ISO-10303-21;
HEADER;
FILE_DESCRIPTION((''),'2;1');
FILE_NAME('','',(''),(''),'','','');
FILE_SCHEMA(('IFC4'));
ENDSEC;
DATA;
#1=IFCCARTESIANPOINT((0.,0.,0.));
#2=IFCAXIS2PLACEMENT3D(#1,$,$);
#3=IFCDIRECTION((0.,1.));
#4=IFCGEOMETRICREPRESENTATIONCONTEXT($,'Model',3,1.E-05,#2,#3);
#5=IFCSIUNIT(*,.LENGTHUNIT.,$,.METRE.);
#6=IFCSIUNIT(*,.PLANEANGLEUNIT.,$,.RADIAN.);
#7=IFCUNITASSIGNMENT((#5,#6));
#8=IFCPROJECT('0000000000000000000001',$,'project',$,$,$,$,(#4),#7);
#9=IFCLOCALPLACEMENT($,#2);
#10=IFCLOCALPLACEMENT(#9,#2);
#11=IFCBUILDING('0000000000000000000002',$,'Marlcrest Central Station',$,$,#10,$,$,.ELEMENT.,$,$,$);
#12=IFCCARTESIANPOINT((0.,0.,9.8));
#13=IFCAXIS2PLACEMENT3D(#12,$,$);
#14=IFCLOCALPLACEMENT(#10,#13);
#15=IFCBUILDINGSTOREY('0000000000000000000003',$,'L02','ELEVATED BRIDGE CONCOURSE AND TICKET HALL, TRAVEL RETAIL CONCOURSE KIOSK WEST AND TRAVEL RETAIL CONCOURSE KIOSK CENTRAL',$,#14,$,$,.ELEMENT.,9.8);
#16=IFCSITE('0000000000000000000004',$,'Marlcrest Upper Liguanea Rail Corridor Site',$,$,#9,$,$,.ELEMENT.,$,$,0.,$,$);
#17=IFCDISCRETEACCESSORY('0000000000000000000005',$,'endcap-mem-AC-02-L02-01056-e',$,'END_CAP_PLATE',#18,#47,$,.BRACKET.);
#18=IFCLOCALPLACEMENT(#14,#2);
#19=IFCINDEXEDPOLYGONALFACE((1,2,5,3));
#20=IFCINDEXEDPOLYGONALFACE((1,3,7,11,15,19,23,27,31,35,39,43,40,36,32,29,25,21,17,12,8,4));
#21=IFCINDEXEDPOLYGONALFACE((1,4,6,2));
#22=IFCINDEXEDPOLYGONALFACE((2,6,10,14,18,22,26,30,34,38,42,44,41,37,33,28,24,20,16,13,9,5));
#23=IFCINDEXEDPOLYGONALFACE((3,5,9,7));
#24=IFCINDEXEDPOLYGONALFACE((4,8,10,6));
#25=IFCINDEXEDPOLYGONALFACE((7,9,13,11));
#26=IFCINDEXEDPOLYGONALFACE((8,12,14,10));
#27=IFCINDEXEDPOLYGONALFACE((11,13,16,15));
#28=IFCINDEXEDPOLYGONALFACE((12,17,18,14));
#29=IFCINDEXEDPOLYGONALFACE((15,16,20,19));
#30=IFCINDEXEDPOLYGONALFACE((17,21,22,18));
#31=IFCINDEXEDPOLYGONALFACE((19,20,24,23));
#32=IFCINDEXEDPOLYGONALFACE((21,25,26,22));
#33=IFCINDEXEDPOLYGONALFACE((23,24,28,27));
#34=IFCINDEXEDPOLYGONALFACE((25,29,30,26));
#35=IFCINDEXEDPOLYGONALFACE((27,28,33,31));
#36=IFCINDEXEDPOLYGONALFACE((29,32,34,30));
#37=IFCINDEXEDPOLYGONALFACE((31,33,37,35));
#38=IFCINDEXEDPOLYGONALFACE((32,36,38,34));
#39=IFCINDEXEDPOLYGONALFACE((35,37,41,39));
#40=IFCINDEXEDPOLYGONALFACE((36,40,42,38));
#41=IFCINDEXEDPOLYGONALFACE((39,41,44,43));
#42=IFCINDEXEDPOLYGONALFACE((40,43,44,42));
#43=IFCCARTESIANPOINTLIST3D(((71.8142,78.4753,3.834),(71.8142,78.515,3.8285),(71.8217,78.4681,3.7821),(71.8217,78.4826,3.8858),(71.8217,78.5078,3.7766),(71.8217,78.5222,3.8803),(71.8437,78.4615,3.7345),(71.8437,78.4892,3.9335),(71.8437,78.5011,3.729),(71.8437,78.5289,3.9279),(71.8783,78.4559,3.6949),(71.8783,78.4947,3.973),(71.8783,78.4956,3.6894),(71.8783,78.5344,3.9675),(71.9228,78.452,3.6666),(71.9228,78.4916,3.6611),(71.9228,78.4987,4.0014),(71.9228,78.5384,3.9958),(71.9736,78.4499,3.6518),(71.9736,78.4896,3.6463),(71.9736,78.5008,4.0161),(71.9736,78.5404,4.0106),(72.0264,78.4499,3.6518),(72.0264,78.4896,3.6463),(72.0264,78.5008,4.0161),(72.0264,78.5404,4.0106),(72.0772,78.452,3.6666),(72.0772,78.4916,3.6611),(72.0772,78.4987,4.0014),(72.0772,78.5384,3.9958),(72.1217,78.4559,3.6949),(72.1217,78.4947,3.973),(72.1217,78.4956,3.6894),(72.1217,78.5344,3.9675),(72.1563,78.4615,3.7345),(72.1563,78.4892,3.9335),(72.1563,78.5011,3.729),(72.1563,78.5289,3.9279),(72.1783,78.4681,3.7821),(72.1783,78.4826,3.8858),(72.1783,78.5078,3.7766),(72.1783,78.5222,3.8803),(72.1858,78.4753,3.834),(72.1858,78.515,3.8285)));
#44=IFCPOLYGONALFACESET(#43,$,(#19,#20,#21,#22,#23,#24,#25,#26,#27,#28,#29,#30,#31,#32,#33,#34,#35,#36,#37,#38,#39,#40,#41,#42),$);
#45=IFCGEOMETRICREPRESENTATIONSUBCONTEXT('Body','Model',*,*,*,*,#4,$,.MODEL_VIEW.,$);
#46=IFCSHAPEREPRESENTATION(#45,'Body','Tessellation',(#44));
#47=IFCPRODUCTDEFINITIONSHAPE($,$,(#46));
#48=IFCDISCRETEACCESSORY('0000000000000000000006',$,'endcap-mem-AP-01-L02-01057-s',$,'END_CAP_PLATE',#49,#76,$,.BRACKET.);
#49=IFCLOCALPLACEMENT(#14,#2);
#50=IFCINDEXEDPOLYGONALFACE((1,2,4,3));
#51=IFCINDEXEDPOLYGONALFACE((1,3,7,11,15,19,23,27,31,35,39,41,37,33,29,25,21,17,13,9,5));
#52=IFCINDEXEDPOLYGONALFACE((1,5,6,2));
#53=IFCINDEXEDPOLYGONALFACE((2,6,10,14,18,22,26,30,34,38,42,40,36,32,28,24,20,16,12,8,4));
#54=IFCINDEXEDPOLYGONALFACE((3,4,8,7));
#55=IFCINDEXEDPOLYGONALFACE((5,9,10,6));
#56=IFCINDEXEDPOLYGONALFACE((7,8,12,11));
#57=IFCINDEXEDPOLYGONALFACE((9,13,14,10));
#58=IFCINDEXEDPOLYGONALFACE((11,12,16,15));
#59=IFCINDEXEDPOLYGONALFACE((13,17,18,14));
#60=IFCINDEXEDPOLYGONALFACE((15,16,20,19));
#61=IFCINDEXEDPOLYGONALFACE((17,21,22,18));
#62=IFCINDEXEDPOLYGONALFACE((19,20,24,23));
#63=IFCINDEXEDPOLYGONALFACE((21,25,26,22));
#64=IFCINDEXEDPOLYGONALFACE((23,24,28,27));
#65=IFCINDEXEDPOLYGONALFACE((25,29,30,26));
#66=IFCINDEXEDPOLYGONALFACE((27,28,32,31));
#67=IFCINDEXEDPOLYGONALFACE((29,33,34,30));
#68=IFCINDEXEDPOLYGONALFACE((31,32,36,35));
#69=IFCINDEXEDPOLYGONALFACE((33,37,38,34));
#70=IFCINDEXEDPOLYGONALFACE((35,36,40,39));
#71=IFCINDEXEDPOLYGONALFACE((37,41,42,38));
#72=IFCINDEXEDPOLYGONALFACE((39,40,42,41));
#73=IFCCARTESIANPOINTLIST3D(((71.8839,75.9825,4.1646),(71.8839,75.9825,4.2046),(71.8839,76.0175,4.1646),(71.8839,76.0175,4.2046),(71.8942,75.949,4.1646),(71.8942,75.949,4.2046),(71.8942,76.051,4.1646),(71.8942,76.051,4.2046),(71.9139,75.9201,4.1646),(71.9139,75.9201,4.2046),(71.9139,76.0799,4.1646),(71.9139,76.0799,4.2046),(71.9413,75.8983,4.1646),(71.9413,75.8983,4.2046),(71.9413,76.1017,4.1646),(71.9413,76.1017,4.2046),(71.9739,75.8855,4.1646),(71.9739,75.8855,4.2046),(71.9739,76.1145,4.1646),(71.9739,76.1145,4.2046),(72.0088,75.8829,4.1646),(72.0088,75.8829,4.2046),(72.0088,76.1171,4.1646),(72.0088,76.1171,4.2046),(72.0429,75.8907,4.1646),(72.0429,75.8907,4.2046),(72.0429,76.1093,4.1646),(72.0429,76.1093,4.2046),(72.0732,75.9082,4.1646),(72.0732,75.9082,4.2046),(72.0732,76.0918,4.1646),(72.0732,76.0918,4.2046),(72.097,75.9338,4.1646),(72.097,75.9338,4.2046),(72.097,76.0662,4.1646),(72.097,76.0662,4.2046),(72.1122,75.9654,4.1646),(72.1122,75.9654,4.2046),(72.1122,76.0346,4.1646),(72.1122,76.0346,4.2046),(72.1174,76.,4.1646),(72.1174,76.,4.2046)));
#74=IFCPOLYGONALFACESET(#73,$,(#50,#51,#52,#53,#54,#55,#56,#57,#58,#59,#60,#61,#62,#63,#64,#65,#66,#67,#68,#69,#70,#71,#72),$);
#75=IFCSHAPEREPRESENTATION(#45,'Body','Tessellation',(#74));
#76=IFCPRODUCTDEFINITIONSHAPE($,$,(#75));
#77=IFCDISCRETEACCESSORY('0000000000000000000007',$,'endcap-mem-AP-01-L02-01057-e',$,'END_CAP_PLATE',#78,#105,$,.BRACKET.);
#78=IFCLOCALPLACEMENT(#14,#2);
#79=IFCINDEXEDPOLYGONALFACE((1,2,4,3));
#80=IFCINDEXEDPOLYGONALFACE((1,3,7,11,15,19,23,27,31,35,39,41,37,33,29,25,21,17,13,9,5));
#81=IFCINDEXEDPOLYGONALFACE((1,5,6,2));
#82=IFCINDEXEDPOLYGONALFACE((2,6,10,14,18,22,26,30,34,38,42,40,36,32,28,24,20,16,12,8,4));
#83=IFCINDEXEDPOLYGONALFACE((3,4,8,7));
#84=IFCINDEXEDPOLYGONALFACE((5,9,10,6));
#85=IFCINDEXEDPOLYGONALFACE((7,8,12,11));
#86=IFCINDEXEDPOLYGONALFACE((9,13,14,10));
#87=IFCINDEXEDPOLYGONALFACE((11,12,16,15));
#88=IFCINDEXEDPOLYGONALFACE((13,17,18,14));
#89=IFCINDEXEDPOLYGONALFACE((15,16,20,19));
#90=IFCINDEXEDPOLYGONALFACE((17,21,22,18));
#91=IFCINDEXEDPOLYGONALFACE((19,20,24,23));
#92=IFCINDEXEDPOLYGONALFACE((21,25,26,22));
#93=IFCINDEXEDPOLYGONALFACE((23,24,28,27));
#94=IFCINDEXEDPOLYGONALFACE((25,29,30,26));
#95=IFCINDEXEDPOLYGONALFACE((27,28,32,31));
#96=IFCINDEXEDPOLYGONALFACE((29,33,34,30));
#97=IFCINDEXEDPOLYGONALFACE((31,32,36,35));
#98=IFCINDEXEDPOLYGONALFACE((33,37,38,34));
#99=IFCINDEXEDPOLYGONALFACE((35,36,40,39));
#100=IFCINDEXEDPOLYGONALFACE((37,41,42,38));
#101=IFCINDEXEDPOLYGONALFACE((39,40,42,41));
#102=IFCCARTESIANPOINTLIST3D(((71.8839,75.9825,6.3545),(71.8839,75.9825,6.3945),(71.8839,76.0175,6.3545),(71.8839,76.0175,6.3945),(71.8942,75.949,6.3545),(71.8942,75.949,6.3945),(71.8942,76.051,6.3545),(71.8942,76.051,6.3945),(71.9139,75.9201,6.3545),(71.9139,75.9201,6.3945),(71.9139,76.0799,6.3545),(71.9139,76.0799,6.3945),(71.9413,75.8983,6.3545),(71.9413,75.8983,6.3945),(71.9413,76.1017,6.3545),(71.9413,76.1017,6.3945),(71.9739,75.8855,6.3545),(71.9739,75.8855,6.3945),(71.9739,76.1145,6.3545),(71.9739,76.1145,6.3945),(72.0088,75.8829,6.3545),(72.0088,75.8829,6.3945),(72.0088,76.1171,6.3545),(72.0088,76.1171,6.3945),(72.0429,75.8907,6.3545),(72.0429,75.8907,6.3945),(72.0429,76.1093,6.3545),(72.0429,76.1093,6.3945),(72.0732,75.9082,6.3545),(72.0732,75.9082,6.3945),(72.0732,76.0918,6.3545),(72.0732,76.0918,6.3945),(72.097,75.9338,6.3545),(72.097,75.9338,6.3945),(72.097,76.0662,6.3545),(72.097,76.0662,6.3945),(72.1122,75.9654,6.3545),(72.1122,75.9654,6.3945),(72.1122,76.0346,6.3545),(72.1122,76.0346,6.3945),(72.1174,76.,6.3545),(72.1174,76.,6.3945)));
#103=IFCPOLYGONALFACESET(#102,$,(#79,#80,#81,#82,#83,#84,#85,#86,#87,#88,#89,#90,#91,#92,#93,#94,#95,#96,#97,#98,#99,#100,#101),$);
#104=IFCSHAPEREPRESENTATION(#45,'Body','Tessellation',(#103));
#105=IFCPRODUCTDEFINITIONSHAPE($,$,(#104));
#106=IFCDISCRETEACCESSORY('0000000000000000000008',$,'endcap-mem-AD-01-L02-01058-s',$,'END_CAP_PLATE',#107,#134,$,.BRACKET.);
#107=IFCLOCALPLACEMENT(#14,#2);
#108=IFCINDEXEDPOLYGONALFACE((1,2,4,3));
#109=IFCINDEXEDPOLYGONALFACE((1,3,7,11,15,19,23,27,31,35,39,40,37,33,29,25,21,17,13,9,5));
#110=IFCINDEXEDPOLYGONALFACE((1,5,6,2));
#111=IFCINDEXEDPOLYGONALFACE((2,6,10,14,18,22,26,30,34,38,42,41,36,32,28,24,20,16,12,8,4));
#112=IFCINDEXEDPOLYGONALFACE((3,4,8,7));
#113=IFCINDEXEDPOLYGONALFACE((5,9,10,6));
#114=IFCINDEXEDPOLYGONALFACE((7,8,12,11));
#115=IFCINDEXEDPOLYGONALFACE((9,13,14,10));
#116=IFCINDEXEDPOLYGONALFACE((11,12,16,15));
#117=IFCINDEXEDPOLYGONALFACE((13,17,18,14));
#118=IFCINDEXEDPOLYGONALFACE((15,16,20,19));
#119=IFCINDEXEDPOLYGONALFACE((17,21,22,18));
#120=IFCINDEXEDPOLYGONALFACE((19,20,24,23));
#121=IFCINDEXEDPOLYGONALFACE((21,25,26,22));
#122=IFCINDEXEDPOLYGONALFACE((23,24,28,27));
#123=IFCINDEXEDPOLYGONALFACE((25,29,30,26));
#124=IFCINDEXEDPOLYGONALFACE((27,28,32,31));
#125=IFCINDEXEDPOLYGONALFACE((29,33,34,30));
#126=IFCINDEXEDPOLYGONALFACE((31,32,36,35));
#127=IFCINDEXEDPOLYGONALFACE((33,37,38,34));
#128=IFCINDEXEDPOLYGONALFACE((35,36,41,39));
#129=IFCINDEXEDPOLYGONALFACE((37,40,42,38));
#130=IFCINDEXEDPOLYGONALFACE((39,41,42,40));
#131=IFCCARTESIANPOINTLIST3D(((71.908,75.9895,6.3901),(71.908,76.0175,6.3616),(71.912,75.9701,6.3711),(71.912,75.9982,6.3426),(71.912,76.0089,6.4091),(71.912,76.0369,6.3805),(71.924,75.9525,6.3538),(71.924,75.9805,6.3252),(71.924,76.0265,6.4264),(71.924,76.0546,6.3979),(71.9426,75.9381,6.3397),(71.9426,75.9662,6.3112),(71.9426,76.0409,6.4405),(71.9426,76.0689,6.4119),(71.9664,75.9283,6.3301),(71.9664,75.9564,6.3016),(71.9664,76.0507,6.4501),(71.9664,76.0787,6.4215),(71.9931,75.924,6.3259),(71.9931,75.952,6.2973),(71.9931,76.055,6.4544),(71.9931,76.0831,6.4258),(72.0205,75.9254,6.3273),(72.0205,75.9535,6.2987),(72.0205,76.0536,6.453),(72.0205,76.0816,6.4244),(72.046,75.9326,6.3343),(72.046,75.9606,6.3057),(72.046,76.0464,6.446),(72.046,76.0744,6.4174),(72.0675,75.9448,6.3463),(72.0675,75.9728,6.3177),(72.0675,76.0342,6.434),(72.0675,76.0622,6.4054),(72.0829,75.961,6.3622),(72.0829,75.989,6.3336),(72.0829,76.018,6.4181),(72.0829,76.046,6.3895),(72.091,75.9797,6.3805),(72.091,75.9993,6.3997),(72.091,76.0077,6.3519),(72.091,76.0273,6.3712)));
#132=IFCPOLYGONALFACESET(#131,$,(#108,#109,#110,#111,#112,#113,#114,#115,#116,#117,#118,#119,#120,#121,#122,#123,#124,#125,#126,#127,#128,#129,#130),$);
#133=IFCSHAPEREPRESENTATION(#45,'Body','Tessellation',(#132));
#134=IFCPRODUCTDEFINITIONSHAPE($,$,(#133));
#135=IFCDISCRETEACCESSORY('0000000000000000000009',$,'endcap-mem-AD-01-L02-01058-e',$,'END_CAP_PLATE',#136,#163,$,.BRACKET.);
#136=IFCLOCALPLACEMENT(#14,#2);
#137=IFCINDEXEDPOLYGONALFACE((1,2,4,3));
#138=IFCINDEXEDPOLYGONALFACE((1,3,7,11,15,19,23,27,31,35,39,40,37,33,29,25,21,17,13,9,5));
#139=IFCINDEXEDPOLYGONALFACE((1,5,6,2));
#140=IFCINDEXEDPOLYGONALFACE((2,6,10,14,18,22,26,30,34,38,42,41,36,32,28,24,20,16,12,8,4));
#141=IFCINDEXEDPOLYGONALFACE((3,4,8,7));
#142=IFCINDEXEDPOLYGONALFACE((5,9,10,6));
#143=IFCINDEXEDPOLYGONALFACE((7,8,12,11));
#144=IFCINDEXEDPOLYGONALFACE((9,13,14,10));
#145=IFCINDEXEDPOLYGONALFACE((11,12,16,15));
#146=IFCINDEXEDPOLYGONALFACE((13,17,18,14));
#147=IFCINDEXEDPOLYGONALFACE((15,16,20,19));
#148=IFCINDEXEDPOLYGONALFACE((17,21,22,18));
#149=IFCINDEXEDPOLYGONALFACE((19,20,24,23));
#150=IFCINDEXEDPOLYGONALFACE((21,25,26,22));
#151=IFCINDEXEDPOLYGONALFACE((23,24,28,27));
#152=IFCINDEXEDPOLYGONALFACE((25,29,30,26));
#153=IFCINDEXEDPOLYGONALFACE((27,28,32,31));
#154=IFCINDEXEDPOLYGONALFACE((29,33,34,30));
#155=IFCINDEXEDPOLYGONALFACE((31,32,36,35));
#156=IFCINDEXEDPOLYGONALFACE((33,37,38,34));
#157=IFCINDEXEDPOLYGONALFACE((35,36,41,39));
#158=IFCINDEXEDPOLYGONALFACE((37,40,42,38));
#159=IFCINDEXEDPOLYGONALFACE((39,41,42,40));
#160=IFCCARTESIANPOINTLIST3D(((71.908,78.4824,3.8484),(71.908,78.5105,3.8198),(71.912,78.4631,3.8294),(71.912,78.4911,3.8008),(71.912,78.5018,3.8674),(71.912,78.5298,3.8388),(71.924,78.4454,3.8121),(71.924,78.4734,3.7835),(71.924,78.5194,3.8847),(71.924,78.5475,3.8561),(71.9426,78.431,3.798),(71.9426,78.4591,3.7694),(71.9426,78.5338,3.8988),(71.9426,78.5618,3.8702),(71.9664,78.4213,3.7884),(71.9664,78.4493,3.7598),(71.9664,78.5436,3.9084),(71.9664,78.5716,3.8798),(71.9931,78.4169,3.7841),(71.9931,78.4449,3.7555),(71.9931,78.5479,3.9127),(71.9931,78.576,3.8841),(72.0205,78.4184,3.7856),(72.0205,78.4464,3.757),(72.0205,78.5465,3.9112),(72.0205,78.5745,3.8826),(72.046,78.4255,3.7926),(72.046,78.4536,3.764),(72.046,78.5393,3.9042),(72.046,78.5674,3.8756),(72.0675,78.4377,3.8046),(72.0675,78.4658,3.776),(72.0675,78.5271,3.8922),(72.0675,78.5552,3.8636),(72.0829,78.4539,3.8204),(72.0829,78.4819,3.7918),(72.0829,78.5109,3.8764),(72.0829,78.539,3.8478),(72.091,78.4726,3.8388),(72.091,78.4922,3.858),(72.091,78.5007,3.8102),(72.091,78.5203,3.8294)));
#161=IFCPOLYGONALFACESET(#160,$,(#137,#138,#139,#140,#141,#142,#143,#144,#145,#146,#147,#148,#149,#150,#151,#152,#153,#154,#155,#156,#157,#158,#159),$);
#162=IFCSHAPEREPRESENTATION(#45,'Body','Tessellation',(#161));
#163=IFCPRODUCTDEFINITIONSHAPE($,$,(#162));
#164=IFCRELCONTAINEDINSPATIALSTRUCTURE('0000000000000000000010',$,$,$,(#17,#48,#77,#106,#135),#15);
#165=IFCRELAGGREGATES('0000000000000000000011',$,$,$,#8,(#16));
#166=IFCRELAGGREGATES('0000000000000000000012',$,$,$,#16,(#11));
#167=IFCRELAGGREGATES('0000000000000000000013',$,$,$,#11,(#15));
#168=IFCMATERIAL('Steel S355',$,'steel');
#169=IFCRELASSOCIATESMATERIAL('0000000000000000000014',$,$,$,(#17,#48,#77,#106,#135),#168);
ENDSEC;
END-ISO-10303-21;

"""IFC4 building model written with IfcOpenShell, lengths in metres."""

from ifc_helpers import new_model, si_unit, direction, frame, origin, origin_2d, place, context, subcontext, project, spatial, circle, extrude, material, element, save


model = new_model("IFC4")

# Units and contexts
model_context = context("Model", 3, precision=1e-05, world=origin(), true_north=direction((0.0, 1.0)))
body_context = subcontext(model_context, "Body", "Model", "MODEL_VIEW")
ifc_project = project(units=[si_unit("LENGTHUNIT", "METRE"), si_unit("PLANEANGLEUNIT", "RADIAN")], contexts=[model_context])

# Site, building, storey
site_placement = place(None, origin())
site = spatial("IfcSite", under=ifc_project, at=site_placement, Name="Marlcrest Upper Liguanea Rail Corridor Site", CompositionType="ELEMENT", RefElevation=0.0)
building_placement = place(site_placement, origin())
building = spatial("IfcBuilding", under=site, at=building_placement, Name="Marlcrest Central Station", CompositionType="ELEMENT")
storey_placement = place(building_placement, frame((0.0, 0.0, 9.8)))
storey = spatial("IfcBuildingStorey", under=building, at=storey_placement, Name="L02", Description="ELEVATED BRIDGE CONCOURSE AND TICKET HALL, TRAVEL RETAIL CONCOURSE KIOSK WEST AND TRAVEL RETAIL CONCOURSE KIOSK CENTRAL", CompositionType="ELEMENT", Elevation=9.8)

# Shared definitions
ifc_material = material(Name="Steel S355", Category="steel")

# Discrete accessories
for number, where, z_axis, x_axis, name in (
    (1, (72.0, 78.4753, 3.834), (0.0, 0.990403, -0.138211), (-1.0, 0.0, 0.0), "endcap-mem-AC-02-L02-01056-e"),
):
    element("IfcDiscreteAccessory", number, at=place(storey_placement, frame(where, z_axis=z_axis, x_axis=x_axis)), inside=storey, material=ifc_material, Name=name, ObjectType="END_CAP_PLATE", PredefinedType="BRACKET", context=body_context, shape_type="SweptSolid", body=[
        extrude(circle(Radius=0.1858, at=origin_2d()), origin(), (0.0, 0.0, 1.0), 0.04),
    ])
for number, where, z_axis, x_axis, name in (
    (2, (72.0, 76.0, 4.1646), (0.0, 0.0, 1.0), (1.0, 0.0, 0.0), "endcap-mem-AP-01-L02-01057-s"),
    (3, (72.0, 76.0, 6.3545), (0.0, 0.0, 1.0), (1.0, 0.0, 0.0), "endcap-mem-AP-01-L02-01057-e"),
):
    element("IfcDiscreteAccessory", number, at=place(storey_placement, frame(where, z_axis=z_axis, x_axis=x_axis)), inside=storey, material=ifc_material, Name=name, ObjectType="END_CAP_PLATE", PredefinedType="BRACKET", context=body_context, shape_type="SweptSolid", body=[
        extrude(circle(Radius=0.1174, at=origin_2d()), origin(), (0.0, 0.0, 1.0), 0.04),
    ])
for number, where, z_axis, x_axis, name in (
    (4, (72.0, 75.9895, 6.3901), (0.0, 0.700235, -0.713912), (-1.0, 0.0, 0.0), "endcap-mem-AD-01-L02-01058-s"),
    (5, (72.0, 78.4824, 3.8484), (0.0, 0.700235, -0.713912), (-1.0, 0.0, 0.0), "endcap-mem-AD-01-L02-01058-e"),
):
    element("IfcDiscreteAccessory", number, at=place(storey_placement, frame(where, z_axis=z_axis, x_axis=x_axis)), inside=storey, material=ifc_material, Name=name, ObjectType="END_CAP_PLATE", PredefinedType="BRACKET", context=body_context, shape_type="SweptSolid", body=[
        extrude(circle(Radius=0.092, at=origin_2d()), origin(), (0.0, 0.0, 1.0), 0.04),
    ])

save(model, "model.ifc")
